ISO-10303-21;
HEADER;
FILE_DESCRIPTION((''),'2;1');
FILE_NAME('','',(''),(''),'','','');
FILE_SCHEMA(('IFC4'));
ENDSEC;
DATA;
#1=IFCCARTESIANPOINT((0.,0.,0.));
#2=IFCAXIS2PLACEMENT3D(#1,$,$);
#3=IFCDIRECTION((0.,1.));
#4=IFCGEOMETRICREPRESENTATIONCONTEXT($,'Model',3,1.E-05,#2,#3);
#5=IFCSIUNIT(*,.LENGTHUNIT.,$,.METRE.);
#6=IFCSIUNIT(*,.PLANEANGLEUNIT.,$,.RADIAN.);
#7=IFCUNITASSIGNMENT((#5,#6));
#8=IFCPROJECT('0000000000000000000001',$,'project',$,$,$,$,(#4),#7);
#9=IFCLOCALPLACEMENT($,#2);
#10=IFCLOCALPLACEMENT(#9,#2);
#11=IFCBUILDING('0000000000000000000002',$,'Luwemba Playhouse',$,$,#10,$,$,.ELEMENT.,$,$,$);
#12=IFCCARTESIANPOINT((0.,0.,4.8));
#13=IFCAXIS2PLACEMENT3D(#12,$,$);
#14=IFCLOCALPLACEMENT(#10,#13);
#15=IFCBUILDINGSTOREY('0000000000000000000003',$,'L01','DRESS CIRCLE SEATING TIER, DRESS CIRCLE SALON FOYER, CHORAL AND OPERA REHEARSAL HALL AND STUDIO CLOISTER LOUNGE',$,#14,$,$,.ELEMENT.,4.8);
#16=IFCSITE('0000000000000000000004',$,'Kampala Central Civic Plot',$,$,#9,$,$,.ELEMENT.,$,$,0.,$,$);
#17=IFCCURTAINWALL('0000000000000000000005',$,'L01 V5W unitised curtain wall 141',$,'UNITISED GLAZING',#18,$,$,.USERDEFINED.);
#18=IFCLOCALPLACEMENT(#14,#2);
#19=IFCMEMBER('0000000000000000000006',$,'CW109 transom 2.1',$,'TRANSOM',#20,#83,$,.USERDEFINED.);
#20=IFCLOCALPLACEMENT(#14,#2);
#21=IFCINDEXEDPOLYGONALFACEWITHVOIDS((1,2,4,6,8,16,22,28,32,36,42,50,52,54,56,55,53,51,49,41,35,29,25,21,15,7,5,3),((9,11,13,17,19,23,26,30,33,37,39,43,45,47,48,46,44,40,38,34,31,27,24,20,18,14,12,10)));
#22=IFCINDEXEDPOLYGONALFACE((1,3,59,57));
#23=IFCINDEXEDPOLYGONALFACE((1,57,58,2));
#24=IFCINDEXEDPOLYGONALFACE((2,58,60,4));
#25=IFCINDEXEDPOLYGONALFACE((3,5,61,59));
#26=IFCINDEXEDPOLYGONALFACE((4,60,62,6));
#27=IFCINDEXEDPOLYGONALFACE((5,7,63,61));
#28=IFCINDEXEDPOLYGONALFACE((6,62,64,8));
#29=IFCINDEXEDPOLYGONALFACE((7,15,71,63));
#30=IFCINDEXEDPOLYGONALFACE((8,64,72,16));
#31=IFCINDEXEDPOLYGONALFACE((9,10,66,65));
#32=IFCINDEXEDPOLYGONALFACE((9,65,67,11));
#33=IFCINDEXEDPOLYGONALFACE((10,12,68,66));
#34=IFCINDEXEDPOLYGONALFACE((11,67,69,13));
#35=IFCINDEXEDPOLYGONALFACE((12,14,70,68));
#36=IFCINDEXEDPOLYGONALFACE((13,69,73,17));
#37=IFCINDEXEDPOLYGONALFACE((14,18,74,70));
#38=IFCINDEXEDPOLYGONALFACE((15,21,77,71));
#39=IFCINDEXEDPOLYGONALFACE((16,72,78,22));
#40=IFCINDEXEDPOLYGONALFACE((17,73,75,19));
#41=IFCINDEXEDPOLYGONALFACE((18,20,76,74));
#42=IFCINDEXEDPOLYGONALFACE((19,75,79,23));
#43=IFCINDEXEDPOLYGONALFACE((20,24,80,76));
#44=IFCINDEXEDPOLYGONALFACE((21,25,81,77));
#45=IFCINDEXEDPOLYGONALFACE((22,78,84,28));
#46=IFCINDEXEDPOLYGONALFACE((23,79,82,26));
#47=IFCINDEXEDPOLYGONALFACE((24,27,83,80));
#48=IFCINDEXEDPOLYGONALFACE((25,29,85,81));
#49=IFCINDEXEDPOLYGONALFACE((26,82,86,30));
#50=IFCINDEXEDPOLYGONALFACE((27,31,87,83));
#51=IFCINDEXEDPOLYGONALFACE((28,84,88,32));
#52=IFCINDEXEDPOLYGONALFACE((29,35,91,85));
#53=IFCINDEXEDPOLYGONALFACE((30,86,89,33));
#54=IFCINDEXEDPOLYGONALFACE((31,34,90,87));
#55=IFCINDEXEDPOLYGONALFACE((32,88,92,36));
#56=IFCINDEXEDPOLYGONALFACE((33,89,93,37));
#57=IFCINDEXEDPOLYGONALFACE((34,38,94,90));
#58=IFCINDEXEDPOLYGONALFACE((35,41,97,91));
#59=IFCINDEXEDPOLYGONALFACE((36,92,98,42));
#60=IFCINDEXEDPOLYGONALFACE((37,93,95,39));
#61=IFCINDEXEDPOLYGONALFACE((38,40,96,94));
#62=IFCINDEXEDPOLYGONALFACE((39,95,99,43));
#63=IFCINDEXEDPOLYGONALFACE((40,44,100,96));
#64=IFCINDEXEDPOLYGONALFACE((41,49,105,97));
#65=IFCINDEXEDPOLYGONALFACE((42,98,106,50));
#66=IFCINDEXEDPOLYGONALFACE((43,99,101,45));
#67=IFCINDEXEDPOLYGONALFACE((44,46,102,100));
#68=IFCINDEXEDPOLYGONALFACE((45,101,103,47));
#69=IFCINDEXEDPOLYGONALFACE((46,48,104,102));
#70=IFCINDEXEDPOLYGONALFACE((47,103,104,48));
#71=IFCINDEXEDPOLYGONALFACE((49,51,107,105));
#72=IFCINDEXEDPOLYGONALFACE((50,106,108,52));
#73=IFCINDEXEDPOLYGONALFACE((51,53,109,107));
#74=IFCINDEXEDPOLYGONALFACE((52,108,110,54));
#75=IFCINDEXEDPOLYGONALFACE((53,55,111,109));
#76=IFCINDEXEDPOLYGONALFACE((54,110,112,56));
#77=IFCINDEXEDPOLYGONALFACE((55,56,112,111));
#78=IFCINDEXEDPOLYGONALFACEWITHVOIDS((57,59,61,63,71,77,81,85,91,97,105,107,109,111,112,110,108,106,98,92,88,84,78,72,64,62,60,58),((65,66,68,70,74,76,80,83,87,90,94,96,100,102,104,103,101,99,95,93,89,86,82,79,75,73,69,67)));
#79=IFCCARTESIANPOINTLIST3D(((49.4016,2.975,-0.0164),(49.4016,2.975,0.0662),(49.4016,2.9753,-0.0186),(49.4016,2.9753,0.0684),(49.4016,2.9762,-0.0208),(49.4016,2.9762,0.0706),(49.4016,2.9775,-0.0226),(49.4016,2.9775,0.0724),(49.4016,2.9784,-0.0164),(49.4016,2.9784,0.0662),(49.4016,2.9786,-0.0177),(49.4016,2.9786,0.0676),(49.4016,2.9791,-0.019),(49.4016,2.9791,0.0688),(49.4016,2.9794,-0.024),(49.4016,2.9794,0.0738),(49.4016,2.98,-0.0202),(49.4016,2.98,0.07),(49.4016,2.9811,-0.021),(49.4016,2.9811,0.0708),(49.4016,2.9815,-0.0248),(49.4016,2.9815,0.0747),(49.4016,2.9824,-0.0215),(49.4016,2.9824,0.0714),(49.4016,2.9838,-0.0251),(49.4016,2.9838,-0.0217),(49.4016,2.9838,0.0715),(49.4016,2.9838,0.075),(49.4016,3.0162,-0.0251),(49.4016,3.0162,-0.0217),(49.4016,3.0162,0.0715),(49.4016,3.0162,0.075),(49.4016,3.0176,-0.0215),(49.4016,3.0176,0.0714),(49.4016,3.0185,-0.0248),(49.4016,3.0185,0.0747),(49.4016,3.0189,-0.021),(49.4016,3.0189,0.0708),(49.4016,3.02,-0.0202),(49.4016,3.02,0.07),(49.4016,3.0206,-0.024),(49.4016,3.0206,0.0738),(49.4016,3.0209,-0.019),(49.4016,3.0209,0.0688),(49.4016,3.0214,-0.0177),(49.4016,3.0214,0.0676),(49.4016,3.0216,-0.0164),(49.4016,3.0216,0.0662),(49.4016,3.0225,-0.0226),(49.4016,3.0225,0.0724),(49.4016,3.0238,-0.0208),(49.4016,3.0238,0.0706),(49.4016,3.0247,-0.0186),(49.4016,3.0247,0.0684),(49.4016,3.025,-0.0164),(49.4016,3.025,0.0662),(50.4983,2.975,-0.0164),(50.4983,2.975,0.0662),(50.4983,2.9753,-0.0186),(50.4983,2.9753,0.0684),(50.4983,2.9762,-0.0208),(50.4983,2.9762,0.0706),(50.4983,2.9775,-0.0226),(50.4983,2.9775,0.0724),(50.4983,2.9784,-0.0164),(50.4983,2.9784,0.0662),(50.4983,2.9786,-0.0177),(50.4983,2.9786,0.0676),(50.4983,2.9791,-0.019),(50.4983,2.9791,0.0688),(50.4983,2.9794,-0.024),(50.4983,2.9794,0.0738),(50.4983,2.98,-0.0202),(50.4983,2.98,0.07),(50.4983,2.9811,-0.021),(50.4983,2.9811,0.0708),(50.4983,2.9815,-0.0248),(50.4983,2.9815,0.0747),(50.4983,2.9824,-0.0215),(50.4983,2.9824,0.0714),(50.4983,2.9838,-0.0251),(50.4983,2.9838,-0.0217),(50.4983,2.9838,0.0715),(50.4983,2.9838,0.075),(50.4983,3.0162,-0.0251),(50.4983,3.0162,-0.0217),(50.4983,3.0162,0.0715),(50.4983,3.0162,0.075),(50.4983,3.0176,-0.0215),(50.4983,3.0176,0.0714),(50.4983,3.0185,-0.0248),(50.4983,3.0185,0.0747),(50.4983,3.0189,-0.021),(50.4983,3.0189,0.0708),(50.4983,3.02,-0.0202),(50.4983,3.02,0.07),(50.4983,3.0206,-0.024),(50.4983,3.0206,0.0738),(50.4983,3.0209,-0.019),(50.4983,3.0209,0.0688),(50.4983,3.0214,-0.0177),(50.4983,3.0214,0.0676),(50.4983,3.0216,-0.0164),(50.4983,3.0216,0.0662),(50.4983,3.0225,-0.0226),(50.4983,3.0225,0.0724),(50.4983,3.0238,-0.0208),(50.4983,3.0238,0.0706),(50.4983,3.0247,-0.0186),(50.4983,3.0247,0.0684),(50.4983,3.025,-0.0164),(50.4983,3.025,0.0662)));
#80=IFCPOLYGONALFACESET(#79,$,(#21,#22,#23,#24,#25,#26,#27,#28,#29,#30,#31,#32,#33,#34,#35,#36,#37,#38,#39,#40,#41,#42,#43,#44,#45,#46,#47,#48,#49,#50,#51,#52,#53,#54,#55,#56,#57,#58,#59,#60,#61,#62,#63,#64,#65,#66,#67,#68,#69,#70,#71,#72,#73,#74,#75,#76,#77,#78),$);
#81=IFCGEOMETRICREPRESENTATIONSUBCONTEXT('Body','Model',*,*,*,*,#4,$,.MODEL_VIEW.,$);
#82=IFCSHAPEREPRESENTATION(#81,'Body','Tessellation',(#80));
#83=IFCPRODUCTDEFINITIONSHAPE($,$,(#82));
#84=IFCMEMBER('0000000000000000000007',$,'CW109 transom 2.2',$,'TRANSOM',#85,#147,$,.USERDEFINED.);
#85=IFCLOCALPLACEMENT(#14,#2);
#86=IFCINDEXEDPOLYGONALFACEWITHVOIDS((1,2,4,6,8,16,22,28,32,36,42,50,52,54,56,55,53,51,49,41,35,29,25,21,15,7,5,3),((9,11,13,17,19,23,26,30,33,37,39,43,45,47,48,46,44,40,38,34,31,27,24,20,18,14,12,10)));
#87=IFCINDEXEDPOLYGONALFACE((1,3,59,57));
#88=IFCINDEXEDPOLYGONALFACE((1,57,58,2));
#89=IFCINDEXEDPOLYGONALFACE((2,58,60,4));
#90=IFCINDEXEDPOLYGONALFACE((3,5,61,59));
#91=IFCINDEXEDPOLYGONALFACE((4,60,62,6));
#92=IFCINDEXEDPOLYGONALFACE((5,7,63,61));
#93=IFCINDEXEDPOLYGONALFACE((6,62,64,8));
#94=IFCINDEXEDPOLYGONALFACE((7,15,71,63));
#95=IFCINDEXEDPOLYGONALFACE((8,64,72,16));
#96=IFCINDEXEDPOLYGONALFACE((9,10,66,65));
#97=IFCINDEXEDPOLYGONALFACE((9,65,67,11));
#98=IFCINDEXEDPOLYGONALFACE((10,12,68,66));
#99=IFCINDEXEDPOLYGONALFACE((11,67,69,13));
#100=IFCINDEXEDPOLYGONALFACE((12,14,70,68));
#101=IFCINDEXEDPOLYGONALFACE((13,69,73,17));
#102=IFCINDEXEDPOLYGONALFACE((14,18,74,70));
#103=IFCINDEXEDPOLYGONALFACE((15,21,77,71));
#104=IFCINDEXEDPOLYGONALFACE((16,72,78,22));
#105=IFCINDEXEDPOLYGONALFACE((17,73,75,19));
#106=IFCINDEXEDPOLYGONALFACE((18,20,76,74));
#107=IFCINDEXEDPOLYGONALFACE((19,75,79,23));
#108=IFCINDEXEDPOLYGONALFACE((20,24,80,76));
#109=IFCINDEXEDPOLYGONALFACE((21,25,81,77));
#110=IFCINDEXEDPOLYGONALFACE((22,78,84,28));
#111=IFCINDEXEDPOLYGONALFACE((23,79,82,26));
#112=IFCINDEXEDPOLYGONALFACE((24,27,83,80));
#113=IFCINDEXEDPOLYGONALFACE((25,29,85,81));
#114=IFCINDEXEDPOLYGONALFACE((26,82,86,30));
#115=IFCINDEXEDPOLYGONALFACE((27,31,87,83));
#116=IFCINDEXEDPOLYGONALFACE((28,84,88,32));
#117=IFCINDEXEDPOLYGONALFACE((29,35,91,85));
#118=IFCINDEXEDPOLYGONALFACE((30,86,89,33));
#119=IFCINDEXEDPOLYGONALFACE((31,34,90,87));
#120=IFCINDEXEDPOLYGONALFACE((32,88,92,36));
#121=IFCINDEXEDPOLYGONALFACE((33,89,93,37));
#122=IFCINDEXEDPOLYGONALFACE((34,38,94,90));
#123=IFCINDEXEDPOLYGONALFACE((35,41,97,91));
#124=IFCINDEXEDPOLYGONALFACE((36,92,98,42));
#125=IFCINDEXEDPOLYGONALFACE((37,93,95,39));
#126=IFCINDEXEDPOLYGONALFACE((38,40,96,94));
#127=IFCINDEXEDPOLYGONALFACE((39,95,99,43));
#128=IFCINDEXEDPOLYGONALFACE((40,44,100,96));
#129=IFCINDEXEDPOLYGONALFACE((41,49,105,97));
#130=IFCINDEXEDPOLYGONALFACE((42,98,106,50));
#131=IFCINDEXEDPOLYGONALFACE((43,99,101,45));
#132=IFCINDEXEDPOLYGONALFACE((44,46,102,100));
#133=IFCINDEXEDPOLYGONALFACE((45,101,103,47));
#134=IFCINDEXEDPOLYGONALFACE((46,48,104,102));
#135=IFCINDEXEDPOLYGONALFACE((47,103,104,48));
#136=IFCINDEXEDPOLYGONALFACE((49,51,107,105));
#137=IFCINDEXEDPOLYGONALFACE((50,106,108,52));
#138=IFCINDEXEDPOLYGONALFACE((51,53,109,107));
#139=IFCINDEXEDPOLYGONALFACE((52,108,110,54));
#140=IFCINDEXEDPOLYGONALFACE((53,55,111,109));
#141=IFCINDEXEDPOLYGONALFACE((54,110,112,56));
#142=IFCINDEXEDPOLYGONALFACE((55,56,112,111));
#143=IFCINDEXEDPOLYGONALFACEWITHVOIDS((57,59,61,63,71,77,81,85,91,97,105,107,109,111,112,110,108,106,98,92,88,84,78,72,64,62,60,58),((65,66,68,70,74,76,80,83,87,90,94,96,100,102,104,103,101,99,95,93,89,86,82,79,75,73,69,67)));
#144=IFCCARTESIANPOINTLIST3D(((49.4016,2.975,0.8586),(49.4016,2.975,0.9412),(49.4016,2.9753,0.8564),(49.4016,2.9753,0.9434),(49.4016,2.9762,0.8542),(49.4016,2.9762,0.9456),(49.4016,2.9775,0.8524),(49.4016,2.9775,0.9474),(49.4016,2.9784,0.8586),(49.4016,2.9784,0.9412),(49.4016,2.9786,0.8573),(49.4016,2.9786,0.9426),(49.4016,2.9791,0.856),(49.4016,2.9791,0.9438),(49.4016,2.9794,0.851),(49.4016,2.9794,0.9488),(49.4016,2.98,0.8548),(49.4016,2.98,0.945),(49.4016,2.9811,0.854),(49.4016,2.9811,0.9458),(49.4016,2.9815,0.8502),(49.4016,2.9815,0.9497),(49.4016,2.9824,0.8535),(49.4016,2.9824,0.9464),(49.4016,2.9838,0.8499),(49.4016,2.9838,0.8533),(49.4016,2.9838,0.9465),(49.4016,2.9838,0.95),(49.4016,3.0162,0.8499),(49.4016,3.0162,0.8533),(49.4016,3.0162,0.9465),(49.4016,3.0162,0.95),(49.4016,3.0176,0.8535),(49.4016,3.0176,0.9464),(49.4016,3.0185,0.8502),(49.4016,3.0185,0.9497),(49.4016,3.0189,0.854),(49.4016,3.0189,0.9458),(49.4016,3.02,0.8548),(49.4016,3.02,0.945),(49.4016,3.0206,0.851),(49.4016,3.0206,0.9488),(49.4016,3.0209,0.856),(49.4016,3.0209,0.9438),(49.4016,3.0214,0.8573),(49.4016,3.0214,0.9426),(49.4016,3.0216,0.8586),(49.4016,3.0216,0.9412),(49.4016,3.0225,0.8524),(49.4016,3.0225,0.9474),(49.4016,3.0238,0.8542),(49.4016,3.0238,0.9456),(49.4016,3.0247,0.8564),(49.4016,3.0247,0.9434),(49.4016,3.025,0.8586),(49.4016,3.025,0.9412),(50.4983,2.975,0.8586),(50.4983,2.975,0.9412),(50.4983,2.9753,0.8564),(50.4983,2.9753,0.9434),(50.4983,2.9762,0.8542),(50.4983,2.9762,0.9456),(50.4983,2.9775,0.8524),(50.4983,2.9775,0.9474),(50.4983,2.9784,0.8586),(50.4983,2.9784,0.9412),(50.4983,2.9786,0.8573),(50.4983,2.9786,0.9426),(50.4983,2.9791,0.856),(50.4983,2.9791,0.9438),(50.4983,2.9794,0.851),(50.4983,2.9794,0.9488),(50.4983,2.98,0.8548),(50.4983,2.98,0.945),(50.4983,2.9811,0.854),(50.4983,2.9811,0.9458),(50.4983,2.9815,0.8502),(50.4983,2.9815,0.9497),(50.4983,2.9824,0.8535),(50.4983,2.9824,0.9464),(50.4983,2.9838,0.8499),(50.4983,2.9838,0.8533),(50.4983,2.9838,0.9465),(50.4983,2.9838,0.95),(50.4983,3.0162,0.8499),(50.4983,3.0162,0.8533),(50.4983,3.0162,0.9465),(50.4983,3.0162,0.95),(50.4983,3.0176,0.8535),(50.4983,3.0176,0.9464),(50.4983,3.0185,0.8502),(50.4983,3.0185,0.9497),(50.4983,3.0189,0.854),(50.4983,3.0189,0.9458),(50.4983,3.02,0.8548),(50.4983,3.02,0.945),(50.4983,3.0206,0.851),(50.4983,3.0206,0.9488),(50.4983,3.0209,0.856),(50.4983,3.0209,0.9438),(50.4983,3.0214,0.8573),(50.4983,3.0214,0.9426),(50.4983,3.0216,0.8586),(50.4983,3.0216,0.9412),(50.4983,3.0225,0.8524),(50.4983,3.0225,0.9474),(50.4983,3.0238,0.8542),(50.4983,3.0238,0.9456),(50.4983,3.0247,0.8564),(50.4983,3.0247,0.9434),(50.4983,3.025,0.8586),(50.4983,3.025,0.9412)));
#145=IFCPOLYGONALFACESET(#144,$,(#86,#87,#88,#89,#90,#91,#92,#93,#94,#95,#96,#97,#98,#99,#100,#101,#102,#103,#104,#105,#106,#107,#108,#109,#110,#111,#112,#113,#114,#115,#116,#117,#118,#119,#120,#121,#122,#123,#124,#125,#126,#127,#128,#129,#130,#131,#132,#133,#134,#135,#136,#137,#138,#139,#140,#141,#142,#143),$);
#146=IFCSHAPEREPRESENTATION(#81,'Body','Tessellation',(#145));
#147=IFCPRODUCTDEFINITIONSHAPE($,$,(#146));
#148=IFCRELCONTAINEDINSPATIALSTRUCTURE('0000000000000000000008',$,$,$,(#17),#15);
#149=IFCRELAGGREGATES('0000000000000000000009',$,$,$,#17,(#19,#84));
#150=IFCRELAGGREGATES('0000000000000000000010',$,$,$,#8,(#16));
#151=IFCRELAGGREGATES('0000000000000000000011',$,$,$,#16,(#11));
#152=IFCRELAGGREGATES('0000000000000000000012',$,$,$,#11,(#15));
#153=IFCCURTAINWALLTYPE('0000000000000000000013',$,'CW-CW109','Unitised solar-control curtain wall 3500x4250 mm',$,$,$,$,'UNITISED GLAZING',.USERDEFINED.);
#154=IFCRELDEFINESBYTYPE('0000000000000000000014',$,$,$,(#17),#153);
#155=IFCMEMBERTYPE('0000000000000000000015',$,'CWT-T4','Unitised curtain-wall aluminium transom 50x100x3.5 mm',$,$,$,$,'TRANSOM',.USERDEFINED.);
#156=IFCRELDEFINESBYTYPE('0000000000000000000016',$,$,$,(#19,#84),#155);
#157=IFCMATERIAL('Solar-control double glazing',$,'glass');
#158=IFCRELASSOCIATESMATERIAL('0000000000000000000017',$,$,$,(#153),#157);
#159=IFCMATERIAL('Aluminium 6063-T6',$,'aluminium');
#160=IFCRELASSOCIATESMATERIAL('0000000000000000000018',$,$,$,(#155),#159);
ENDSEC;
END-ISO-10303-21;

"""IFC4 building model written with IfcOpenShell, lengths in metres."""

from ifc_helpers import new_model, si_unit, direction, frame, origin, origin_2d, place, context, subcontext, project, spatial, hollow_rectangle, extrude, material, material_profile, profile_set, type_object, element, aggregate, save


model = new_model("IFC4")

# Units and contexts
model_context = context("Model", 3, precision=1e-05, world=origin(), true_north=direction((0.0, 1.0)))
body_context = subcontext(model_context, "Body", "Model", "MODEL_VIEW")
ifc_project = project(units=[si_unit("LENGTHUNIT", "METRE"), si_unit("PLANEANGLEUNIT", "RADIAN")], contexts=[model_context])

# Site, building, storey
site_placement = place(None, origin())
site = spatial("IfcSite", under=ifc_project, at=site_placement, Name="Kampala Central Civic Plot", CompositionType="ELEMENT", RefElevation=0.0)
building_placement = place(site_placement, origin())
building = spatial("IfcBuilding", under=site, at=building_placement, Name="Luwemba Playhouse", CompositionType="ELEMENT")
storey_placement = place(building_placement, frame((0.0, 0.0, 4.8)))
storey = spatial("IfcBuildingStorey", under=building, at=storey_placement, Name="L01", Description="DRESS CIRCLE SEATING TIER, DRESS CIRCLE SALON FOYER, CHORAL AND OPERA REHEARSAL HALL AND STUDIO CLOISTER LOUNGE", CompositionType="ELEMENT", Elevation=4.8)

# Shared definitions
ifc_material_1 = material(Name="Solar-control double glazing", Category="glass")
ifc_material_2 = material(Name="Aluminium 6063-T6", Category="aluminium")

# Curtain wall
curtain_wall_type_1 = type_object("IfcCurtainWallType", Name="CW-CW109", Description="Unitised solar-control curtain wall 3500x4250 mm", ElementType="UNITISED GLAZING", PredefinedType="USERDEFINED", material=ifc_material_1)
curtain_wall_1_placement = place(storey_placement, origin())
curtain_wall_1 = element("IfcCurtainWall", 1, at=curtain_wall_1_placement, inside=storey, type_object=curtain_wall_type_1, Name="L01 V5W unitised curtain wall 141", ObjectType="UNITISED GLAZING", PredefinedType="USERDEFINED")

# Members
ifc_material_profile_1 = material_profile(ifc_material_2, hollow_rectangle(XDim=0.05, YDim=0.1001, WallThickness=0.0034, InnerFilletRadius=0.0054, OuterFilletRadius=0.0088, at=origin_2d()))
ifc_profile_set_1 = profile_set([ifc_material_profile_1], Name="Aluminium 6063-T6")
member_type_1 = type_object("IfcMemberType", Name="CWT-T4", Description="Unitised curtain-wall aluminium transom 50x100x3.5 mm", ElementType="TRANSOM", PredefinedType="USERDEFINED", material=ifc_profile_set_1)
member_1_placement = place(storey_placement, frame((50.4983, 3.0, 0.0249), z_axis=(-1.0, 0.0, 0.0), x_axis=(0.0, -1.0, 0.0)))
member_1 = element("IfcMember", 2, at=member_1_placement, type_object=member_type_1, Name="CW109 transom 2.1", ObjectType="TRANSOM", PredefinedType="USERDEFINED", context=body_context, shape_type="SweptSolid", body=[
    extrude(hollow_rectangle(XDim=0.05, YDim=0.1001, WallThickness=0.0034, InnerFilletRadius=0.0054, OuterFilletRadius=0.0088, at=origin_2d()), origin(), (0.0, 0.0, 1.0), 1.0967),
])
member_2_placement = place(storey_placement, frame((50.4983, 3.0, 0.8999), z_axis=(-1.0, 0.0, 0.0), x_axis=(0.0, -1.0, 0.0)))
member_2 = element("IfcMember", 3, at=member_2_placement, type_object=member_type_1, Name="CW109 transom 2.2", ObjectType="TRANSOM", PredefinedType="USERDEFINED", context=body_context, shape_type="SweptSolid", body=[
    extrude(hollow_rectangle(XDim=0.05, YDim=0.1001, WallThickness=0.0034, InnerFilletRadius=0.0054, OuterFilletRadius=0.0088, at=origin_2d()), origin(), (0.0, 0.0, 1.0), 1.0967),
])

aggregate(curtain_wall_1, [member_1, member_2])

save(model, "model.ifc")
